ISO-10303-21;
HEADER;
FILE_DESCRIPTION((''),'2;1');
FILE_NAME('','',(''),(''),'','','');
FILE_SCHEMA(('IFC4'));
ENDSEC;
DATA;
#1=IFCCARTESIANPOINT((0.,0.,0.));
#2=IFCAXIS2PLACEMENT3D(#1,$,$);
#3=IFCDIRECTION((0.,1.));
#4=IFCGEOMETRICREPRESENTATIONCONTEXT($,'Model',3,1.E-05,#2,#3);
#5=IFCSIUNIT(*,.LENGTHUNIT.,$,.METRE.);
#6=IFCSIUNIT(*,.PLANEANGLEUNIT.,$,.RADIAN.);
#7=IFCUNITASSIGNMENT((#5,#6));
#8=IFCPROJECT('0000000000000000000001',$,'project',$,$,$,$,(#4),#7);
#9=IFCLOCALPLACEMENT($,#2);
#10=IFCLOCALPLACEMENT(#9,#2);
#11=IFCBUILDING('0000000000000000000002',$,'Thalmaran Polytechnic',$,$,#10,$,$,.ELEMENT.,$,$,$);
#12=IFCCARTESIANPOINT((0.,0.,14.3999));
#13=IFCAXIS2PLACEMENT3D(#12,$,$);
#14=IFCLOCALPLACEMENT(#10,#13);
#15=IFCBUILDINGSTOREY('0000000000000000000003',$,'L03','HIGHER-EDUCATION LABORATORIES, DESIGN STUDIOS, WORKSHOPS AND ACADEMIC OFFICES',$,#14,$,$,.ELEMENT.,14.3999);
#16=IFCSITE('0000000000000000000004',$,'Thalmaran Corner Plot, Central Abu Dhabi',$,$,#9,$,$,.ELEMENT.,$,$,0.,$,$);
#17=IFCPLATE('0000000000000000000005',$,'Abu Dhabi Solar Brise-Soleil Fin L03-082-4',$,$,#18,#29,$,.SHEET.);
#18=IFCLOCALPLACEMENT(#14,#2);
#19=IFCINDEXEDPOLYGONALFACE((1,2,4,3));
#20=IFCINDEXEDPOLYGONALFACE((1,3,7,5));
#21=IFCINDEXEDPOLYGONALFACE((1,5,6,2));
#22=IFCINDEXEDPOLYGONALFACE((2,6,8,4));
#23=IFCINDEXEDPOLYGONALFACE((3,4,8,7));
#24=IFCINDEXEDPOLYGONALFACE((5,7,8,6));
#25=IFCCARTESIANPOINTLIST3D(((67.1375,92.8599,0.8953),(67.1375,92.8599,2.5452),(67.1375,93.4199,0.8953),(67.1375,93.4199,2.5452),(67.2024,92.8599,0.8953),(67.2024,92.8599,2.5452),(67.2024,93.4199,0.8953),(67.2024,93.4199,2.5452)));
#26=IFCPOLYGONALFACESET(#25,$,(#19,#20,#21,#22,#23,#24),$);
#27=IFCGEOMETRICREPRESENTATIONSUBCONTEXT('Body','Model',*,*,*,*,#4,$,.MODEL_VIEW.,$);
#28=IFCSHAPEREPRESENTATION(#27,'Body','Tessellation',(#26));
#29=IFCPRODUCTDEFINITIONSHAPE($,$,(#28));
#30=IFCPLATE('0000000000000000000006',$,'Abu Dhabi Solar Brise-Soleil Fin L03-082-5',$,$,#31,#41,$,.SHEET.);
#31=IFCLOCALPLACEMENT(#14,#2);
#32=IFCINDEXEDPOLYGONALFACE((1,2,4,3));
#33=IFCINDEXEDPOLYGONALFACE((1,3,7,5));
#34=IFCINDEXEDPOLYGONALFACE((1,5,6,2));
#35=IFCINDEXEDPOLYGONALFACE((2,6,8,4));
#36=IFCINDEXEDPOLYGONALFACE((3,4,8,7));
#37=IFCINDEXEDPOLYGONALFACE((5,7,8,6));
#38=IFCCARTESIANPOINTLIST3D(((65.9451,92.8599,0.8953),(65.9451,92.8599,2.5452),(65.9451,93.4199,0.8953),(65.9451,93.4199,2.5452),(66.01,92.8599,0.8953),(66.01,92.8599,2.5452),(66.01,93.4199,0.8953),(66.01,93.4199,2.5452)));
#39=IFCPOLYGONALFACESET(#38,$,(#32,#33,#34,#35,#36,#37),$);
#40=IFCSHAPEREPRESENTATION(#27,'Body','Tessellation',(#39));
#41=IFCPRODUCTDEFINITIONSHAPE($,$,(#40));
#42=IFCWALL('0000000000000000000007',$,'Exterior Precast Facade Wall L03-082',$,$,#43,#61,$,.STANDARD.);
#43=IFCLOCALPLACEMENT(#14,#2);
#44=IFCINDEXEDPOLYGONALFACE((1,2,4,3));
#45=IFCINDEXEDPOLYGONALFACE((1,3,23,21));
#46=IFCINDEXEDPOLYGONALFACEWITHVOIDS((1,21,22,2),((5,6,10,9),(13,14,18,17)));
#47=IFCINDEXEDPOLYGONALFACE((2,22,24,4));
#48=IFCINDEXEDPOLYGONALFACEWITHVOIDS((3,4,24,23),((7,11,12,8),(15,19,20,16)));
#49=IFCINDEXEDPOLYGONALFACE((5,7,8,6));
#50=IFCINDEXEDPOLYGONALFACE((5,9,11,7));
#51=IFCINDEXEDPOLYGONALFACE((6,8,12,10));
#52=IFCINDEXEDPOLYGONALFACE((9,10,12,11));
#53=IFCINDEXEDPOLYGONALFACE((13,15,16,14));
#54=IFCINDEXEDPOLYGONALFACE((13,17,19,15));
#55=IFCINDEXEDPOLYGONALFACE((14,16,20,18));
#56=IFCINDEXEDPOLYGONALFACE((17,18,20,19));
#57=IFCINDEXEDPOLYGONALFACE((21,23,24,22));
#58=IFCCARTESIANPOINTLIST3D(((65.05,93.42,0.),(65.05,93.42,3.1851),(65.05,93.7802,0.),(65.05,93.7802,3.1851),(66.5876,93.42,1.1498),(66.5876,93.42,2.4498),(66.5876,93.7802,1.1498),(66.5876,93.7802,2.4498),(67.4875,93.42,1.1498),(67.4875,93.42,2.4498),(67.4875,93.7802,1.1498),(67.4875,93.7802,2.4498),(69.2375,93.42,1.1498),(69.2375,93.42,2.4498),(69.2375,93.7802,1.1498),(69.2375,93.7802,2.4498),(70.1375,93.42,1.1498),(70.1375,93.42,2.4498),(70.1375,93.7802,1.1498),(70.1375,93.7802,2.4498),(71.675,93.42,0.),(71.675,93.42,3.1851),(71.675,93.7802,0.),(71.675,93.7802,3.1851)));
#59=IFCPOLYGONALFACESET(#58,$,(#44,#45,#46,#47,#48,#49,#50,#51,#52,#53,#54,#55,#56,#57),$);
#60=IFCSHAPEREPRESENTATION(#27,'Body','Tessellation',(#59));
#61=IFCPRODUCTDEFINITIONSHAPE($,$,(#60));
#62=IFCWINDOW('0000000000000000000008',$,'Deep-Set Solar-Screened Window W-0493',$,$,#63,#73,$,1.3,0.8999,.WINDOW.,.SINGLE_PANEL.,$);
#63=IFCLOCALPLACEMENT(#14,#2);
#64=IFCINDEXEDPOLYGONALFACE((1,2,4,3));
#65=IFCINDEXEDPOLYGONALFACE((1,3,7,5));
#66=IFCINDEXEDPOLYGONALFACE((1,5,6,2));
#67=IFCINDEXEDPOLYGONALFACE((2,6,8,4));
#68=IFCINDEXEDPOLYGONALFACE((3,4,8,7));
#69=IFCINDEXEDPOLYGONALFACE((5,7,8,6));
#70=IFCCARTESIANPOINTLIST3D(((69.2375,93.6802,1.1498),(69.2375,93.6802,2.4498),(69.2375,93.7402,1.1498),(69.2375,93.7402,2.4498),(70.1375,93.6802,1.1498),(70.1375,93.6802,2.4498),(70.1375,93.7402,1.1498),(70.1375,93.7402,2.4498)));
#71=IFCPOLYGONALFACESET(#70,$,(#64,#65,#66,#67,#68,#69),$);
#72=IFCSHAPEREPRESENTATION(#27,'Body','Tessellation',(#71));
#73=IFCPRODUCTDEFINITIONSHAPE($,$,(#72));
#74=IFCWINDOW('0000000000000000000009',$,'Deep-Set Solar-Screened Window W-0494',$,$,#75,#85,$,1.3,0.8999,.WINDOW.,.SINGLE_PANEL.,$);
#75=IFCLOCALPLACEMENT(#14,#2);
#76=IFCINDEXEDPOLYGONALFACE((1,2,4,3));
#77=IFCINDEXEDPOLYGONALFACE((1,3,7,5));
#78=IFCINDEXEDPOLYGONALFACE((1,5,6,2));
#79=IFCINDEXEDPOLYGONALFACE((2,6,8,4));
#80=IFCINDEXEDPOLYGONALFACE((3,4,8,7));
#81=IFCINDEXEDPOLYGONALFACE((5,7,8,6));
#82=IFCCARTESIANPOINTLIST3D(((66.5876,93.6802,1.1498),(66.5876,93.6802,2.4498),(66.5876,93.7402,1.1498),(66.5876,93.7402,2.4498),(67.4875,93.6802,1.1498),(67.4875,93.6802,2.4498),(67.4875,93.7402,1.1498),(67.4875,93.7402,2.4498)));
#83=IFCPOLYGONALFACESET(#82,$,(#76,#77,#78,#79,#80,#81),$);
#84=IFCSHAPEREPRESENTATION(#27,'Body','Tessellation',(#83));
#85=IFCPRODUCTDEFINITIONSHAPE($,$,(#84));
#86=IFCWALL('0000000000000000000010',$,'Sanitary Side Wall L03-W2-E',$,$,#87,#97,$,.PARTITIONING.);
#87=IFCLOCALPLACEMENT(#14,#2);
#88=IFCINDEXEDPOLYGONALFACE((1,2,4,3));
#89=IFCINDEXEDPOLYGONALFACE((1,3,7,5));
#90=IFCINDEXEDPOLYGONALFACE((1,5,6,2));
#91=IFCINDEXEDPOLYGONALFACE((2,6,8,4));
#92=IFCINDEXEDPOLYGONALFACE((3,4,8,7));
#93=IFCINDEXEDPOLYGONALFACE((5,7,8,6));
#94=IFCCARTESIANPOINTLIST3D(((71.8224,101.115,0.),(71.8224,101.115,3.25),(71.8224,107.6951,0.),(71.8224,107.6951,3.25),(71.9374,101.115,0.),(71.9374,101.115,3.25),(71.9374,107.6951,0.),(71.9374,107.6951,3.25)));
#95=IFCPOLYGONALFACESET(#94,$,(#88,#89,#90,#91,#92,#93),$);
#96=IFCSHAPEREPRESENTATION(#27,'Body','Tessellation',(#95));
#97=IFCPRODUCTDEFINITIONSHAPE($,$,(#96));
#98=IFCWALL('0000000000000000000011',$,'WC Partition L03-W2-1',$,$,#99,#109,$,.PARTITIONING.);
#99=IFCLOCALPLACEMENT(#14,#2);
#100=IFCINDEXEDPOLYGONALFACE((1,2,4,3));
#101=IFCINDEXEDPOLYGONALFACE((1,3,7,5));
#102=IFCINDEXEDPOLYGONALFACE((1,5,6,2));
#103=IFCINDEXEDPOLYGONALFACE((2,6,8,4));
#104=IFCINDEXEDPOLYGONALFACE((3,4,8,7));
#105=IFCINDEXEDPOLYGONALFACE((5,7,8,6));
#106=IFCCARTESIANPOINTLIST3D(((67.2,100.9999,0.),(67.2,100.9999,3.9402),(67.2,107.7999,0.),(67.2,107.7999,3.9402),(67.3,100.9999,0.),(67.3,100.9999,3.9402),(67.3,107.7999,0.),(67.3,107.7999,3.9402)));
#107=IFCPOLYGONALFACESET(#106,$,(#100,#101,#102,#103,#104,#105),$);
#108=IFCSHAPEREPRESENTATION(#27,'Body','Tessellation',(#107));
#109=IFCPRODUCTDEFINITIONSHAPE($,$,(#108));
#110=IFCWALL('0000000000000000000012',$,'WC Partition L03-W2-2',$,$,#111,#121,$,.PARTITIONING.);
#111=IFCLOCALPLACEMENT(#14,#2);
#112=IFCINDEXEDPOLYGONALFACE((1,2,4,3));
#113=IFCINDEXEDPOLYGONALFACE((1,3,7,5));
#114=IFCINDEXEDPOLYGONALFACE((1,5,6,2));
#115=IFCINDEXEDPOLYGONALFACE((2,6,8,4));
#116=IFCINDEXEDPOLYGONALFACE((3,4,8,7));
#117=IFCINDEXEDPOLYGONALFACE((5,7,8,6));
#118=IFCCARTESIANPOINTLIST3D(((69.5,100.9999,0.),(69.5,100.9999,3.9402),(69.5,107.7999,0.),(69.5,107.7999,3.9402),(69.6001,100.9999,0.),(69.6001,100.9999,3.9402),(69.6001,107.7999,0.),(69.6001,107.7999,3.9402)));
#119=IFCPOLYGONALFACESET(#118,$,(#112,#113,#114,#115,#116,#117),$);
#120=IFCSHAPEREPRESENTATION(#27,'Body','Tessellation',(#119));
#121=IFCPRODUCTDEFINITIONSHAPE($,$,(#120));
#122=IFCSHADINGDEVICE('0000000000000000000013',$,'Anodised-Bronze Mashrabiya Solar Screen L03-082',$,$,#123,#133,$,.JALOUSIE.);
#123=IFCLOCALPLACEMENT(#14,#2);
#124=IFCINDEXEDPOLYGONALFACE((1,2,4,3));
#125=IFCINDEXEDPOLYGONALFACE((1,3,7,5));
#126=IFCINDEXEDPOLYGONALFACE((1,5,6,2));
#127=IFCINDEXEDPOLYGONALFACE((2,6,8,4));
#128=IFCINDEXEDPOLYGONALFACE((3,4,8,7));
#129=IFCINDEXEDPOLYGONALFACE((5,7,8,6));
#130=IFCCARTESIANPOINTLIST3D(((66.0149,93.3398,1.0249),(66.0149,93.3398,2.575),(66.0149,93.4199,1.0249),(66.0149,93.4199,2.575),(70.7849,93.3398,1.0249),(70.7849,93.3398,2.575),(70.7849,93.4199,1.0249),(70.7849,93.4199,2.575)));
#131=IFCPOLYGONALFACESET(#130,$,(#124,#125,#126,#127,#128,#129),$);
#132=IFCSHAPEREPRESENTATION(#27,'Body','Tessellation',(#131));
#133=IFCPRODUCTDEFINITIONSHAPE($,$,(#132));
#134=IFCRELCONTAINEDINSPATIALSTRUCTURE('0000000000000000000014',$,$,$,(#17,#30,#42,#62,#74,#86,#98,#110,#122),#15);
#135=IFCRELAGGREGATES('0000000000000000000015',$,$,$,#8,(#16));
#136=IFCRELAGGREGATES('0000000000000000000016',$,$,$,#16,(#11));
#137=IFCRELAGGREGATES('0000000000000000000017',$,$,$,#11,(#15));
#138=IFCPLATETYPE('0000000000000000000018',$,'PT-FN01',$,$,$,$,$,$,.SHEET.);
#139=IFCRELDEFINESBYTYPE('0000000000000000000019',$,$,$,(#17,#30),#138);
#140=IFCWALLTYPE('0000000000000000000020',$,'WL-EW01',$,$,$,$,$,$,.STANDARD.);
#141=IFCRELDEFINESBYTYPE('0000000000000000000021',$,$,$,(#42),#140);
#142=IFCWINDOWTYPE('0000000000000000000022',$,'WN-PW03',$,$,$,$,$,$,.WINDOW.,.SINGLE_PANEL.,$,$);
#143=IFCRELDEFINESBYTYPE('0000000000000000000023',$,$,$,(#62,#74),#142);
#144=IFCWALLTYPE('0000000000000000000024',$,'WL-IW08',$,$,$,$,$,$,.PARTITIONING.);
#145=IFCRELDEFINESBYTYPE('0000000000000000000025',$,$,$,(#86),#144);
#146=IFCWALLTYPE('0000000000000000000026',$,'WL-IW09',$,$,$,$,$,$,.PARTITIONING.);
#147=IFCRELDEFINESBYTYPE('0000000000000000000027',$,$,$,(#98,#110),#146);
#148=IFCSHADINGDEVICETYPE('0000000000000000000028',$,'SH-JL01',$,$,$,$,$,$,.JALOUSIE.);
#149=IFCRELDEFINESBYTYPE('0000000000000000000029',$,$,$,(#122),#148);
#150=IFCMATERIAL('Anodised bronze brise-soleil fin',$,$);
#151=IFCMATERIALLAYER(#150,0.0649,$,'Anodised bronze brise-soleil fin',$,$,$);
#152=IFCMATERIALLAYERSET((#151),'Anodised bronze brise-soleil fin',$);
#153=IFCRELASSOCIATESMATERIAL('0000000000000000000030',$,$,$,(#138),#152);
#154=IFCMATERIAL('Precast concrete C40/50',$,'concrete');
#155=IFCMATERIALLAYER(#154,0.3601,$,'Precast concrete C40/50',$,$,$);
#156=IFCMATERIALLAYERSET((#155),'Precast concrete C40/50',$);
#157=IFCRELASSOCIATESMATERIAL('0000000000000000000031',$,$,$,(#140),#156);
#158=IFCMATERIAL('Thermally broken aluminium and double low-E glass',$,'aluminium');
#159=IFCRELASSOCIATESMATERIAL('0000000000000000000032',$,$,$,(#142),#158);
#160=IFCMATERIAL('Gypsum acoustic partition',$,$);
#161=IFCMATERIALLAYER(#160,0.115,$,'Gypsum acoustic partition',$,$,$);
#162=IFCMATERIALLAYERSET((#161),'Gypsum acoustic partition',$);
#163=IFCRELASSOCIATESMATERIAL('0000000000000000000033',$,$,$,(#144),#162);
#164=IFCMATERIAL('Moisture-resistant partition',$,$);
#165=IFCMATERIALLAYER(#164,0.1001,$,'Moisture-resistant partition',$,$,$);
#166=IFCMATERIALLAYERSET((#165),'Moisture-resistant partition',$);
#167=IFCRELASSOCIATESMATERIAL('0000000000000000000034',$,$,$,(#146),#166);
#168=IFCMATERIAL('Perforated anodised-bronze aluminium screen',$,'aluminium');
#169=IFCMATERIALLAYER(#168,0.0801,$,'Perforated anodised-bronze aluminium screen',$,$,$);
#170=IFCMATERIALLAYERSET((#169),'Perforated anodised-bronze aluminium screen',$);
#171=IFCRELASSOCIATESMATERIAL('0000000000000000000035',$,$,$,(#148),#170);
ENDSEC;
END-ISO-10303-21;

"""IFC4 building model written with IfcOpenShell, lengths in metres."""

from ifc_helpers import new_model, si_unit, direction, frame, frame_2d, origin, origin_2d, place, context, subcontext, project, spatial, rectangle, extrude, material, layer, layer_set, type_object, element, fill, save


model = new_model("IFC4")

# Units and contexts
model_context = context("Model", 3, precision=1e-05, world=origin(), true_north=direction((0.0, 1.0)))
body_context = subcontext(model_context, "Body", "Model", "MODEL_VIEW")
ifc_project = project(units=[si_unit("LENGTHUNIT", "METRE"), si_unit("PLANEANGLEUNIT", "RADIAN")], contexts=[model_context])

# Site, building, storey
site_placement = place(None, origin())
site = spatial("IfcSite", under=ifc_project, at=site_placement, Name="Thalmaran Corner Plot, Central Abu Dhabi", CompositionType="ELEMENT", RefElevation=0.0)
building_placement = place(site_placement, origin())
building = spatial("IfcBuilding", under=site, at=building_placement, Name="Thalmaran Polytechnic", CompositionType="ELEMENT")
storey_placement = place(building_placement, frame((0.0, 0.0, 14.3999)))
storey = spatial("IfcBuildingStorey", under=building, at=storey_placement, Name="L03", Description="HIGHER-EDUCATION LABORATORIES, DESIGN STUDIOS, WORKSHOPS AND ACADEMIC OFFICES", CompositionType="ELEMENT", Elevation=14.3999)

# Plates
ifc_material_1 = material(Name="Anodised bronze brise-soleil fin")
ifc_layer_1 = layer(ifc_material_1, 0.0649, Name="Anodised bronze brise-soleil fin")
ifc_layer_set_1 = layer_set([ifc_layer_1], Name="Anodised bronze brise-soleil fin")
plate_type_1 = type_object("IfcPlateType", Name="PT-FN01", PredefinedType="SHEET", material=ifc_layer_set_1)
for number, where, z_axis, x_axis, name in (
    (1, (67.1699, 93.1399, 0.8953), (0.0, 0.0, 1.0), (-1.0, 0.0, 0.0), "Abu Dhabi Solar Brise-Soleil Fin L03-082-4"),
    (2, (65.9775, 93.1399, 0.8953), (0.0, 0.0, 1.0), (-1.0, 0.0, 0.0), "Abu Dhabi Solar Brise-Soleil Fin L03-082-5"),
):
    element("IfcPlate", number, at=place(storey_placement, frame(where, z_axis=z_axis, x_axis=x_axis)), inside=storey, type_object=plate_type_1, Name=name, PredefinedType="SHEET", context=body_context, shape_type="SweptSolid", body=[
        extrude(rectangle(XDim=0.0649, YDim=0.5601, at=origin_2d()), origin(), (0.0, 0.0, 1.0), 1.6499),
    ])

# Wall, openings, windows
ifc_material_2 = material(Name="Precast concrete C40/50", Category="concrete")
ifc_layer_2 = layer(ifc_material_2, 0.3601, Name="Precast concrete C40/50")
ifc_layer_set_2 = layer_set([ifc_layer_2], Name="Precast concrete C40/50")
wall_type_1 = type_object("IfcWallType", Name="WL-EW01", PredefinedType="STANDARD", material=ifc_layer_set_2)
wall_1_placement = place(storey_placement, frame((71.675, 93.6001, 0.0), z_axis=(0.0, 0.0, 1.0), x_axis=(-1.0, 0.0, 0.0)))
wall_1 = element("IfcWall", 3, at=wall_1_placement, inside=storey, type_object=wall_type_1, Name="Exterior Precast Facade Wall L03-082", PredefinedType="STANDARD", context=body_context, shape_type="SweptSolid", body=[
    extrude(rectangle(XDim=6.625, YDim=0.3601, at=frame_2d((3.3125, 0.0))), origin(), (0.0, 0.0, 1.0), 3.1851),
])
opening_1_placement = place(wall_1_placement, frame((1.5376, 0.0, 1.1499)))
opening_1 = element("IfcOpeningElement", 4, at=opening_1_placement, cuts=wall_1, PredefinedType="OPENING", context=body_context, shape_type="SweptSolid", body=[
    extrude(rectangle(XDim=0.8999, YDim=1.3, at=frame_2d((0.45, 0.6499))), frame((0.0, 0.1899, 0.0), z_axis=(0.0, -1.0, 0.0), x_axis=(1.0, 0.0, 0.0)), (0.0, 0.0, 1.0), 0.3801),
])
opening_2_placement = place(wall_1_placement, frame((4.1875, 0.0, 1.1499)))
opening_2 = element("IfcOpeningElement", 5, at=opening_2_placement, cuts=wall_1, PredefinedType="OPENING", context=body_context, shape_type="SweptSolid", body=[
    extrude(rectangle(XDim=0.8999, YDim=1.3, at=frame_2d((0.45, 0.6499))), frame((0.0, 0.1899, 0.0), z_axis=(0.0, -1.0, 0.0), x_axis=(1.0, 0.0, 0.0)), (0.0, 0.0, 1.0), 0.3801),
])
ifc_material_3 = material(Name="Thermally broken aluminium and double low-E glass", Category="aluminium")
window_type = type_object("IfcWindowType", Name="WN-PW03", PartitioningType="SINGLE_PANEL", PredefinedType="WINDOW", material=ifc_material_3)
window_1_placement = place(opening_1_placement, origin())
window_1 = element("IfcWindow", 6, at=window_1_placement, inside=storey, type_object=window_type, Name="Deep-Set Solar-Screened Window W-0493", OverallHeight=1.3, OverallWidth=0.8999, PartitioningType="SINGLE_PANEL", PredefinedType="WINDOW", context=body_context, shape_type="SweptSolid", body=[
    extrude(rectangle(XDim=0.8999, YDim=1.3, at=frame_2d((0.45, 0.6499))), frame((0.0, -0.0801, 0.0), z_axis=(0.0, -1.0, 0.0), x_axis=(1.0, 0.0, 0.0)), (0.0, 0.0, 1.0), 0.0601),
])
fill(opening_1, window_1)
window_2_placement = place(opening_2_placement, origin())
window_2 = element("IfcWindow", 7, at=window_2_placement, inside=storey, type_object=window_type, Name="Deep-Set Solar-Screened Window W-0494", OverallHeight=1.3, OverallWidth=0.8999, PartitioningType="SINGLE_PANEL", PredefinedType="WINDOW", context=body_context, shape_type="SweptSolid", body=[
    extrude(rectangle(XDim=0.8999, YDim=1.3, at=frame_2d((0.45, 0.6499))), frame((0.0, -0.0801, 0.0), z_axis=(0.0, -1.0, 0.0), x_axis=(1.0, 0.0, 0.0)), (0.0, 0.0, 1.0), 0.0601),
])
fill(opening_2, window_2)

# Walls
ifc_material_4 = material(Name="Gypsum acoustic partition")
ifc_layer_3 = layer(ifc_material_4, 0.115, Name="Gypsum acoustic partition")
ifc_layer_set_3 = layer_set([ifc_layer_3], Name="Gypsum acoustic partition")
wall_type_2 = type_object("IfcWallType", Name="WL-IW08", PredefinedType="PARTITIONING", material=ifc_layer_set_3)
wall_2_placement = place(storey_placement, frame((71.8799, 101.115, 0.0), z_axis=(0.0, 0.0, 1.0), x_axis=(0.0, 1.0, 0.0)))
element("IfcWall", 8, at=wall_2_placement, inside=storey, type_object=wall_type_2, Name="Sanitary Side Wall L03-W2-E", PredefinedType="PARTITIONING", context=body_context, shape_type="SweptSolid", body=[
    extrude(rectangle(XDim=6.5801, YDim=0.115, at=frame_2d((3.29, 0.0))), origin(), (0.0, 0.0, 1.0), 3.25),
])
ifc_material_5 = material(Name="Moisture-resistant partition")
ifc_layer_4 = layer(ifc_material_5, 0.1001, Name="Moisture-resistant partition")
ifc_layer_set_4 = layer_set([ifc_layer_4], Name="Moisture-resistant partition")
wall_type_3 = type_object("IfcWallType", Name="WL-IW09", PredefinedType="PARTITIONING", material=ifc_layer_set_4)
for number, where, z_axis, x_axis, name in (
    (9, (67.25, 101.0, 0.0), (0.0, 0.0, 1.0), (0.0, 1.0, 0.0), "WC Partition L03-W2-1"),
    (10, (69.55, 101.0, 0.0), (0.0, 0.0, 1.0), (0.0, 1.0, 0.0), "WC Partition L03-W2-2"),
):
    element("IfcWall", number, at=place(storey_placement, frame(where, z_axis=z_axis, x_axis=x_axis)), inside=storey, type_object=wall_type_3, Name=name, PredefinedType="PARTITIONING", context=body_context, shape_type="SweptSolid", body=[
        extrude(rectangle(XDim=6.8, YDim=0.1001, at=frame_2d((3.3999, 0.0))), origin(), (0.0, 0.0, 1.0), 3.9402),
    ])

# Shading device
ifc_material_6 = material(Name="Perforated anodised-bronze aluminium screen", Category="aluminium")
ifc_layer_5 = layer(ifc_material_6, 0.0801, Name="Perforated anodised-bronze aluminium screen")
ifc_layer_set_5 = layer_set([ifc_layer_5], Name="Perforated anodised-bronze aluminium screen")
shading_device_type = type_object("IfcShadingDeviceType", Name="SH-JL01", PredefinedType="JALOUSIE", material=ifc_layer_set_5)
shading_device_placement = place(storey_placement, frame((68.3999, 93.3799, 1.0249), z_axis=(0.0, 0.0, 1.0), x_axis=(-1.0, 0.0, 0.0)))
element("IfcShadingDevice", 11, at=shading_device_placement, inside=storey, type_object=shading_device_type, Name="Anodised-Bronze Mashrabiya Solar Screen L03-082", PredefinedType="JALOUSIE", context=body_context, shape_type="SweptSolid", body=[
    extrude(rectangle(XDim=4.77, YDim=0.0801, at=origin_2d()), origin(), (0.0, 0.0, 1.0), 1.55),
])

save(model, "model.ifc")
